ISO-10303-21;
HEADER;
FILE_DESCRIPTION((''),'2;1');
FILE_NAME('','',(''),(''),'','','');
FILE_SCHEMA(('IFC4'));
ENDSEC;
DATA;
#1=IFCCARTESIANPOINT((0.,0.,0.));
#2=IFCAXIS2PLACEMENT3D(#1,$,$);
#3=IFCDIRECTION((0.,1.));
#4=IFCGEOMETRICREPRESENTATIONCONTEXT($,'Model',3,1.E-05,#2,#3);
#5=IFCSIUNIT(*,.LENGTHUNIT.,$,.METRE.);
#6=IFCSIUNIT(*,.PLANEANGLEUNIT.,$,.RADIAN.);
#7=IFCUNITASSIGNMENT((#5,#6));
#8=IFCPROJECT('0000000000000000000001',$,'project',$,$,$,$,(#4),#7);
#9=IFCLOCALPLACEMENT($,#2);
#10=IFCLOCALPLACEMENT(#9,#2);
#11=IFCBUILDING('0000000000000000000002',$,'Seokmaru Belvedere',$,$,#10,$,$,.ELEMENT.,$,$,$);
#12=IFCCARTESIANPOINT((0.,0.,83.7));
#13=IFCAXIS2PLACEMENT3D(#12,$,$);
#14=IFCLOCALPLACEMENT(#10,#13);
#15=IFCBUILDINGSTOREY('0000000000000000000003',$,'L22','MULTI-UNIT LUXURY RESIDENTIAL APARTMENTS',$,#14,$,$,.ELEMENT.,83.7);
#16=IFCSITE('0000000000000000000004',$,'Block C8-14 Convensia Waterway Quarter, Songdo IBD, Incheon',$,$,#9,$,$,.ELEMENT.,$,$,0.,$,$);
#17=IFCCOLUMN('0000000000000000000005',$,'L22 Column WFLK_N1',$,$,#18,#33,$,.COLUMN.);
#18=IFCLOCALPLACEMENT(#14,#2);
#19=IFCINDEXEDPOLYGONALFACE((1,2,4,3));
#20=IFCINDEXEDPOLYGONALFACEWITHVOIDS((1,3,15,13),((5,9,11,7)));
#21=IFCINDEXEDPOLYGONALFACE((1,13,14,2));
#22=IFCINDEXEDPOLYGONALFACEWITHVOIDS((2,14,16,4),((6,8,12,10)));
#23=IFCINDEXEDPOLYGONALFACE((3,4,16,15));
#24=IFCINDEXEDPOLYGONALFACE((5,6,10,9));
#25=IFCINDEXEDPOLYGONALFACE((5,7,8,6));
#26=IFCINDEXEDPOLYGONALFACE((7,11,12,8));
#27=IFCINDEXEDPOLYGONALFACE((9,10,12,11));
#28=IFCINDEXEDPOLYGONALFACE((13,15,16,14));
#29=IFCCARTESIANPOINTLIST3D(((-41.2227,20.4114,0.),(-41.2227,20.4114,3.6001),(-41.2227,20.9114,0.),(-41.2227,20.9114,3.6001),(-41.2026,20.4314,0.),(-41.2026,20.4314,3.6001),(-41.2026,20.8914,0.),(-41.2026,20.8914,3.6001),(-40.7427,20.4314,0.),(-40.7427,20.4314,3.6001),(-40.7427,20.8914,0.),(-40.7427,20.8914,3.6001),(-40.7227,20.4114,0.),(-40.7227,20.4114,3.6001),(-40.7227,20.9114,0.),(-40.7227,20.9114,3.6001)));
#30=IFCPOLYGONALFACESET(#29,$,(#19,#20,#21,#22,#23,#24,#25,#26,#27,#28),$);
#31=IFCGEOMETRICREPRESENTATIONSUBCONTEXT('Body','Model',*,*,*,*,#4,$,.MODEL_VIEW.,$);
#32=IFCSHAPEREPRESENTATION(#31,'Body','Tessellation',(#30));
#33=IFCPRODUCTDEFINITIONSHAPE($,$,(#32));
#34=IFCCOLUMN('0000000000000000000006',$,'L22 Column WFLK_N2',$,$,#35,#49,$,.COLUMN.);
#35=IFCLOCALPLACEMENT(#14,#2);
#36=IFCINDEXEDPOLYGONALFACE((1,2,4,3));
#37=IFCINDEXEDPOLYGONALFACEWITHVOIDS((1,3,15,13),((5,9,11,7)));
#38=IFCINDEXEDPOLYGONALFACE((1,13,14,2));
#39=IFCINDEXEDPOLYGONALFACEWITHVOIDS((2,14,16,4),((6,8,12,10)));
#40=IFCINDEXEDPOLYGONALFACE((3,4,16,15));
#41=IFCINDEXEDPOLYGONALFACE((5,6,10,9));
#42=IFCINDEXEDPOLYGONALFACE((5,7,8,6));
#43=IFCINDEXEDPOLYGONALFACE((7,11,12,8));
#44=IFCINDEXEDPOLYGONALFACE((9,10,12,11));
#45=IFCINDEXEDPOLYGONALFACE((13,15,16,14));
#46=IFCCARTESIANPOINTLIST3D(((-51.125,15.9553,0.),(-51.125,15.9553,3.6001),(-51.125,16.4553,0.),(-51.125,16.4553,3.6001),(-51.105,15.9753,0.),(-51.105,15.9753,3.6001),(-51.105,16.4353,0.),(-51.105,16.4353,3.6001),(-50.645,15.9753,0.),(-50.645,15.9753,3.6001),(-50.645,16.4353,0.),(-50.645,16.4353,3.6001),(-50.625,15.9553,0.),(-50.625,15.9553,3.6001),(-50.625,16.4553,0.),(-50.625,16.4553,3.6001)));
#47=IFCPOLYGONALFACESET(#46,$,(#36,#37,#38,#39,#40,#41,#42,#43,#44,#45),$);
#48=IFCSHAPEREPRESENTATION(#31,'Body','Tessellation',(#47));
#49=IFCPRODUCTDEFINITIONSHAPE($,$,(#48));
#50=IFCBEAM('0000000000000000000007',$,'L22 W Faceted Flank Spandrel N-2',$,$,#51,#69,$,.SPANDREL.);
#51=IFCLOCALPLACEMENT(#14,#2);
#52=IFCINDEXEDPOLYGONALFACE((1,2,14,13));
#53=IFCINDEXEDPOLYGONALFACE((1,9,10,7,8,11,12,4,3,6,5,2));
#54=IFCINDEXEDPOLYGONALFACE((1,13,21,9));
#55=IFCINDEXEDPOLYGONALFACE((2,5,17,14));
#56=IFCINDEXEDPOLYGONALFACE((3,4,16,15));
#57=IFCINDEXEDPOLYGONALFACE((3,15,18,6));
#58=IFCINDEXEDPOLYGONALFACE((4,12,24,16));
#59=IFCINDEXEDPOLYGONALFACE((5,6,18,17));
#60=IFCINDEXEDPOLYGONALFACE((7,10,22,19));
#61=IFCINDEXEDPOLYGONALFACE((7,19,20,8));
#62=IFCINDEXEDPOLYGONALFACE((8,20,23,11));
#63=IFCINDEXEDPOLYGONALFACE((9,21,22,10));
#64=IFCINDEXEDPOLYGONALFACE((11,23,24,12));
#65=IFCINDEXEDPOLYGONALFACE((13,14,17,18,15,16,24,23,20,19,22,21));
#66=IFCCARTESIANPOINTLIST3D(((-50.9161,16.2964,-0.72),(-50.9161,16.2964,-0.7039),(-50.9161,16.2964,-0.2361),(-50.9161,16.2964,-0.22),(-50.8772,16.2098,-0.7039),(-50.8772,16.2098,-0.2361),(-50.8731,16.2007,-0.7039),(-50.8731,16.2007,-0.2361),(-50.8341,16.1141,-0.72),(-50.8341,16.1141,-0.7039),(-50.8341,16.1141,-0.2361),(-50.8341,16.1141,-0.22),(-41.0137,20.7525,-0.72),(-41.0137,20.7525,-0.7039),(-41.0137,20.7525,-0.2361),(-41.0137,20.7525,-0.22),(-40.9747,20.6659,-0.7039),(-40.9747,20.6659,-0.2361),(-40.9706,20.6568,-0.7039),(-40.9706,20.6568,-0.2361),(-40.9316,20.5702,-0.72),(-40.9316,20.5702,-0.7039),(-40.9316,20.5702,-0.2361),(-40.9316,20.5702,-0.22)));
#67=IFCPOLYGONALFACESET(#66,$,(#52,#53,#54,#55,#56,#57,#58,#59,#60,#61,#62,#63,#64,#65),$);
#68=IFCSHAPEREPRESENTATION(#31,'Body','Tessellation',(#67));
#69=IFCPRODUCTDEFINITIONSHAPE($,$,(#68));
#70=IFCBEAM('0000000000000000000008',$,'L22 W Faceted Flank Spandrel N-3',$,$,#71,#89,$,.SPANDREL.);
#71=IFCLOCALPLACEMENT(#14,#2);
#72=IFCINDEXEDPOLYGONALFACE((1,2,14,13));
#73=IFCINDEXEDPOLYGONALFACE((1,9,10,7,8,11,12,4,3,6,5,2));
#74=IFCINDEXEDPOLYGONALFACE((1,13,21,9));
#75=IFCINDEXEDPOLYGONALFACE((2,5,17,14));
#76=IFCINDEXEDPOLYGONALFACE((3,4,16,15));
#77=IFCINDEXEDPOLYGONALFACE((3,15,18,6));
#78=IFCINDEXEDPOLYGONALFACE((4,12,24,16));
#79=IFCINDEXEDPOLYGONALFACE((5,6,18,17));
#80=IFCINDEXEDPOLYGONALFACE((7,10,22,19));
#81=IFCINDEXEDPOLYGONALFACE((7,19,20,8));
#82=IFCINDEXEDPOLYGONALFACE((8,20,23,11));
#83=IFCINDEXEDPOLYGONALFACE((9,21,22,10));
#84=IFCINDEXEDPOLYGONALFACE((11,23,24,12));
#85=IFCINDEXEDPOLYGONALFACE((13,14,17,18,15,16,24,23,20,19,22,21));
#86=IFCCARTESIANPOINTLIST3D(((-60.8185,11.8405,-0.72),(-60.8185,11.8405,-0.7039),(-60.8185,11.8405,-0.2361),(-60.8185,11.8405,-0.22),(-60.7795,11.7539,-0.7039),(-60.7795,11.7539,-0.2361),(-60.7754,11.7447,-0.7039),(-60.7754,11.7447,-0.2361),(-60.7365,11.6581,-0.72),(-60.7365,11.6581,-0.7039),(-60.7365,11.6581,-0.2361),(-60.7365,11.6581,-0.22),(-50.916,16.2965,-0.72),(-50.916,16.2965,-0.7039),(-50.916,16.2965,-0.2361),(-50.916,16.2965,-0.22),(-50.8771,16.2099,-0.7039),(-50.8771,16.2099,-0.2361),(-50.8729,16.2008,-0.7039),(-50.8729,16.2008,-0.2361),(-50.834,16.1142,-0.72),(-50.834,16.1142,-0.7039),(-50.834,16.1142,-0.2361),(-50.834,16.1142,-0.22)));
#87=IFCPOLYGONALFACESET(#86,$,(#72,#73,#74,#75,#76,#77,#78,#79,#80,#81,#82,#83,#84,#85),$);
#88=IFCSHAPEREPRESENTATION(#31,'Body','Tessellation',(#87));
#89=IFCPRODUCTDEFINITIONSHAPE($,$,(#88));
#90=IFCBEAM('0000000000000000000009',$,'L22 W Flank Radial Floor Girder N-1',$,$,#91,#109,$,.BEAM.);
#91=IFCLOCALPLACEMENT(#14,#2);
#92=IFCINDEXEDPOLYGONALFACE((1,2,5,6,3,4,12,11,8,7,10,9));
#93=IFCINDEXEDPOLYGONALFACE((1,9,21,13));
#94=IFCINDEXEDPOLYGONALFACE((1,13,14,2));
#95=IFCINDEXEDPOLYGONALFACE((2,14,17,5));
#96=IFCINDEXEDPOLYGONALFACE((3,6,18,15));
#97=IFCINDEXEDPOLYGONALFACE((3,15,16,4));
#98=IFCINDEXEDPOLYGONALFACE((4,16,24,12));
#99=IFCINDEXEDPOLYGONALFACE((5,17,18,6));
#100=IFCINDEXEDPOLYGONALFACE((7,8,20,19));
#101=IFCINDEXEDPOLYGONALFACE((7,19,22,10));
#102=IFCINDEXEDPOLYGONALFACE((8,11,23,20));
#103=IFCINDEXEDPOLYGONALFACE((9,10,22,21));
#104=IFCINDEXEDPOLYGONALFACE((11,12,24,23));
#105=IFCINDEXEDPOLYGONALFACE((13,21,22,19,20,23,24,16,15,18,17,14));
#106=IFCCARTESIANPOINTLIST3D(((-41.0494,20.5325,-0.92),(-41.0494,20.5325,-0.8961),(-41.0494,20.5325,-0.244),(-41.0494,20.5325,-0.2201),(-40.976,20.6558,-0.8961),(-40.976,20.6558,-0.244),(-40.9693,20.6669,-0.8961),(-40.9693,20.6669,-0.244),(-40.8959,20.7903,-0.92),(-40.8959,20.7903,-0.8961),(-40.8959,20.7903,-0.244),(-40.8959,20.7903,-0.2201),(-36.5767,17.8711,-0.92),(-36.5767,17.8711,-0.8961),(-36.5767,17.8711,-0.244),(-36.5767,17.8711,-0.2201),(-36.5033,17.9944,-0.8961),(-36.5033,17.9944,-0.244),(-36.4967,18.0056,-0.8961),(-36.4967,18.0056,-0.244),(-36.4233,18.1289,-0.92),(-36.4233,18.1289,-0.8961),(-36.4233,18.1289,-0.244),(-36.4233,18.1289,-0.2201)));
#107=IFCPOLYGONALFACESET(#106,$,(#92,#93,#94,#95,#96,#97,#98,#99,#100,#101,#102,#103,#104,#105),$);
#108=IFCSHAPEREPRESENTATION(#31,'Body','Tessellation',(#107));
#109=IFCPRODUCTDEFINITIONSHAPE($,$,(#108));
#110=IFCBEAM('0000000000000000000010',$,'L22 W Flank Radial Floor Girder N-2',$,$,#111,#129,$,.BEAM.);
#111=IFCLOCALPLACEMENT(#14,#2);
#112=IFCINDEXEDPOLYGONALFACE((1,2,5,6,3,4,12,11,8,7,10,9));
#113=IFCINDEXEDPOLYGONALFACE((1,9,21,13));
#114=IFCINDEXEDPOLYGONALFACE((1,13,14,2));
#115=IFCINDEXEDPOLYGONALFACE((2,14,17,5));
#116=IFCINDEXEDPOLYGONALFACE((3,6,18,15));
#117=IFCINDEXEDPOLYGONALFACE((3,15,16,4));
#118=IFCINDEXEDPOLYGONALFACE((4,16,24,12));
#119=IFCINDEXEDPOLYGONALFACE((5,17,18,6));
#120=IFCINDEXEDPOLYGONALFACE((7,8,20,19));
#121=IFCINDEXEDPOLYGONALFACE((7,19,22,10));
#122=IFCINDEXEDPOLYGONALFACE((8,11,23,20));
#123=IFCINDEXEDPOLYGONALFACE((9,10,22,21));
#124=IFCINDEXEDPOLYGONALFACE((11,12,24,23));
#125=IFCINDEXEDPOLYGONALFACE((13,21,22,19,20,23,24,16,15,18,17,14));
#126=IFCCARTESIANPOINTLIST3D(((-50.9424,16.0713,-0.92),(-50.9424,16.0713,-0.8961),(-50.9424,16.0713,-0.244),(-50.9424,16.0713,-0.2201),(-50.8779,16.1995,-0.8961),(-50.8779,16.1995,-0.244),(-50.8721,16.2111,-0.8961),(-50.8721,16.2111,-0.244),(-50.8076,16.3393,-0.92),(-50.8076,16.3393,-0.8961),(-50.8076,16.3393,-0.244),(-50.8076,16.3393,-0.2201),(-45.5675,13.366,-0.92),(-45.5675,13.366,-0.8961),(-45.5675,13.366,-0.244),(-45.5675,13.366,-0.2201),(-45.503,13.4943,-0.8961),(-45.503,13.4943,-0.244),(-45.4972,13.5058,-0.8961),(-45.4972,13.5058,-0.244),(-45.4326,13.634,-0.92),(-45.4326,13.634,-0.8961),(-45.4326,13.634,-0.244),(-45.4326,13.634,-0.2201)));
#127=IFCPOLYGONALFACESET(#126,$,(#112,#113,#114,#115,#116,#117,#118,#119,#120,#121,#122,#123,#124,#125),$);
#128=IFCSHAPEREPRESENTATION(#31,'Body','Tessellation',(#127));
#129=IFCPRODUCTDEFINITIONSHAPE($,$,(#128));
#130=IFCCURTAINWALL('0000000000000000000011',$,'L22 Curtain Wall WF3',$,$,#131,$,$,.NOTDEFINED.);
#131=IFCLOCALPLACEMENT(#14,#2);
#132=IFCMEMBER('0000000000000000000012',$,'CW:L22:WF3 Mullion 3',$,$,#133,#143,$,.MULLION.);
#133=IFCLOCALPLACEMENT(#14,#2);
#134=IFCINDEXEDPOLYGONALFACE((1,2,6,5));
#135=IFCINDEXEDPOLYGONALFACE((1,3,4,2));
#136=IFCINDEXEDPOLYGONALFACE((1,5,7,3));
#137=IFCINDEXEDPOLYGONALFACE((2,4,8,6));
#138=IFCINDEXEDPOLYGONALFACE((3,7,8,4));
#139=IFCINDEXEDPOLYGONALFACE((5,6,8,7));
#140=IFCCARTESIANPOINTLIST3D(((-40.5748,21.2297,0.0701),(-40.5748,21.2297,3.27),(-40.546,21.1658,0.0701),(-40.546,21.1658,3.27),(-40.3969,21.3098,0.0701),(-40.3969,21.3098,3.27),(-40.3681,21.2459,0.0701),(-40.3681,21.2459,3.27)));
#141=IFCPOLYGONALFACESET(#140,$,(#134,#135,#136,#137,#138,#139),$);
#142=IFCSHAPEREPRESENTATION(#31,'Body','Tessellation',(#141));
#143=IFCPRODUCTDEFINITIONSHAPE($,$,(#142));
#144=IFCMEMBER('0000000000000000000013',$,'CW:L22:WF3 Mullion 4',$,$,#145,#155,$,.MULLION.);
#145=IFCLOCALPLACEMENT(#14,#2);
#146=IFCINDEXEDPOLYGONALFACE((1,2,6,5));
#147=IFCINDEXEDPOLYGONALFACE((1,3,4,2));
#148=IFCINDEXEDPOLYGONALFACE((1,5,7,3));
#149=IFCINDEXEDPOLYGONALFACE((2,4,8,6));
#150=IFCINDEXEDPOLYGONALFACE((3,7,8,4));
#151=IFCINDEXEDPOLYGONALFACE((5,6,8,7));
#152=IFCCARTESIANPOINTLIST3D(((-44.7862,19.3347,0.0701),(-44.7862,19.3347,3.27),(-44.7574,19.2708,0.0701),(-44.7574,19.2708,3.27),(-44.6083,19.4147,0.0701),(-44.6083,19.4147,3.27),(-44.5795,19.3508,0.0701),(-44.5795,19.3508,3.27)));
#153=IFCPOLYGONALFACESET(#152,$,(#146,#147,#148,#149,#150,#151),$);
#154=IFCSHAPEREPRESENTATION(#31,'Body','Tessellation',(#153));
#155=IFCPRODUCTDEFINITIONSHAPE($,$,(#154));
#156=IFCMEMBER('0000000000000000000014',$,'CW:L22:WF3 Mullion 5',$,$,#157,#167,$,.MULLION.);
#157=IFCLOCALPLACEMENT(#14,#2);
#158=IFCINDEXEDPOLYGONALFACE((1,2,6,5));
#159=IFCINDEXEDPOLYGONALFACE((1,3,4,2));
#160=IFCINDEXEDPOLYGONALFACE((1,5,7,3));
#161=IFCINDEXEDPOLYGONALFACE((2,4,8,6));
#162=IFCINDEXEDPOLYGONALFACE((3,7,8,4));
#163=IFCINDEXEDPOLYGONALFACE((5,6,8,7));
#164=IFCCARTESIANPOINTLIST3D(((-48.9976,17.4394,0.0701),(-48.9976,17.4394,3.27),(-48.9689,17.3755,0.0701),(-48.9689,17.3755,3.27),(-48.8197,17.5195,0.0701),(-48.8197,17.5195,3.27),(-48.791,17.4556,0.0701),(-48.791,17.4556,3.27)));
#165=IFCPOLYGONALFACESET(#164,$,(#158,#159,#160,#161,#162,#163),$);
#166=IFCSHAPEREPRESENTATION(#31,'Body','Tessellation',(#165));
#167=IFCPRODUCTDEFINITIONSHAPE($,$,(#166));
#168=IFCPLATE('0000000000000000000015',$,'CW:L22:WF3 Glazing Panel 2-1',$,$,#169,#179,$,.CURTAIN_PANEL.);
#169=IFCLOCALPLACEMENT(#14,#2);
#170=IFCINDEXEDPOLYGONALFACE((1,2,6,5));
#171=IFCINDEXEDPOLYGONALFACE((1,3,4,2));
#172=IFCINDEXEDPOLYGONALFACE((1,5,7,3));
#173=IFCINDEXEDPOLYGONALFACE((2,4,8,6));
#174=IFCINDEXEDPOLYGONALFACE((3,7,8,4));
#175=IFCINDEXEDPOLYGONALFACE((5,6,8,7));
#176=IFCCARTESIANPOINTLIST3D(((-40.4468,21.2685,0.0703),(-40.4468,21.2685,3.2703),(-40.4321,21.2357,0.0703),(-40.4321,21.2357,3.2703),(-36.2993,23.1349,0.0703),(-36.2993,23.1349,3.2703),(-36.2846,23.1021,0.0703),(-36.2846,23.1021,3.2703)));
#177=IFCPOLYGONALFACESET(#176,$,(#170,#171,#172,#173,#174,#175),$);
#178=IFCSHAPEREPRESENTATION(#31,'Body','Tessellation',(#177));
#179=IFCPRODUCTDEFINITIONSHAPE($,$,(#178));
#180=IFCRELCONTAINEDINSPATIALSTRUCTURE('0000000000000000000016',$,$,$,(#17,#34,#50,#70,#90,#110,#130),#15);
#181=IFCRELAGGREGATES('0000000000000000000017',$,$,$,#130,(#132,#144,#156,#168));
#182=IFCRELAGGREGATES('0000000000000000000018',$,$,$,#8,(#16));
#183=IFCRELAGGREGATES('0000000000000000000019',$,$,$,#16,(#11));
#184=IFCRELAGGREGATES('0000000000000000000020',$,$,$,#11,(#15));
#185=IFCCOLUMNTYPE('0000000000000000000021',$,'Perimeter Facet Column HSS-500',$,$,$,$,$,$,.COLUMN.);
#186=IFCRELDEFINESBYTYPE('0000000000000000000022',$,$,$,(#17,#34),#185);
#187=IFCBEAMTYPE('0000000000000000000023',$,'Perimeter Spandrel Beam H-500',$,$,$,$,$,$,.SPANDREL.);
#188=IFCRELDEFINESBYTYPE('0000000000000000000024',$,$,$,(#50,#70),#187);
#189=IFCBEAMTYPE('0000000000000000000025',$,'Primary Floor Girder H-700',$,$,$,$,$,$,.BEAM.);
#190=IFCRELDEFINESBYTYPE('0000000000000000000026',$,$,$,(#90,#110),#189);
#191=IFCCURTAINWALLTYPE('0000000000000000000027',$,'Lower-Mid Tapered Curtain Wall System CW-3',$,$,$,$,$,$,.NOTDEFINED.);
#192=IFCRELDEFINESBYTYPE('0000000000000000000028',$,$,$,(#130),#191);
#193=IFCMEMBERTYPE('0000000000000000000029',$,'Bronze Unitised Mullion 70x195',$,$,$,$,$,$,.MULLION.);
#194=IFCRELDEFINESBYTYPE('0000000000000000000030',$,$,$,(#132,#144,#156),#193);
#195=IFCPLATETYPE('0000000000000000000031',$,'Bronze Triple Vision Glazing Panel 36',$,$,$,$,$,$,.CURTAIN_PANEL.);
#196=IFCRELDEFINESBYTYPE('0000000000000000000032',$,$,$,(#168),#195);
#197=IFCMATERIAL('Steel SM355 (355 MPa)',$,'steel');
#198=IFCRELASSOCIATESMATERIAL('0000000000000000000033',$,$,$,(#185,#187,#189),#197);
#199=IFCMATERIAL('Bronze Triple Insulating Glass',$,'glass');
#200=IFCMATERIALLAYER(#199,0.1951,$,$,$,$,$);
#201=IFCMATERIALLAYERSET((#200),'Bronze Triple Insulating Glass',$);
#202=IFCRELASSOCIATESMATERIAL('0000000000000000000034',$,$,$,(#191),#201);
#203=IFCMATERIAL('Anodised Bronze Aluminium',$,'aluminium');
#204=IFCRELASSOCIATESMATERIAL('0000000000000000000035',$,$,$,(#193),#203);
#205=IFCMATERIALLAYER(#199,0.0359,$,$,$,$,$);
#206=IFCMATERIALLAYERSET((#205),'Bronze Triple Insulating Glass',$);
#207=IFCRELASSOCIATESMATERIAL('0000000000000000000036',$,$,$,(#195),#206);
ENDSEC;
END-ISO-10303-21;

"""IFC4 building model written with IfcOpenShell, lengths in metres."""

from ifc_helpers import new_model, si_unit, direction, frame, origin, origin_2d, place, context, subcontext, project, spatial, rectangle, hollow_rectangle, i_section, extrude, source, transform, mapped, material, layer, layer_set, material_profile, profile_set, type_object, type_shapes, element, aggregate, save


model = new_model("IFC4")

# Units and contexts
model_context = context("Model", 3, precision=1e-05, world=origin(), true_north=direction((0.0, 1.0)))
body_context = subcontext(model_context, "Body", "Model", "MODEL_VIEW")
ifc_project = project(units=[si_unit("LENGTHUNIT", "METRE"), si_unit("PLANEANGLEUNIT", "RADIAN")], contexts=[model_context])

# Site, building, storey
site_placement = place(None, origin())
site = spatial("IfcSite", under=ifc_project, at=site_placement, Name="Block C8-14 Convensia Waterway Quarter, Songdo IBD, Incheon", CompositionType="ELEMENT", RefElevation=0.0)
building_placement = place(site_placement, origin())
building = spatial("IfcBuilding", under=site, at=building_placement, Name="Seokmaru Belvedere", CompositionType="ELEMENT")
storey_placement = place(building_placement, frame((0.0, 0.0, 83.7)))
storey = spatial("IfcBuildingStorey", under=building, at=storey_placement, Name="L22", Description="MULTI-UNIT LUXURY RESIDENTIAL APARTMENTS", CompositionType="ELEMENT", Elevation=83.7)

# Columns
ifc_material_1 = material(Name="Steel SM355 (355 MPa)", Category="steel")
ifc_material_profile_1 = material_profile(ifc_material_1, hollow_rectangle(XDim=0.5, YDim=0.5, WallThickness=0.02, at=origin_2d()), Name="HSS-500x500x20")
ifc_profile_set_1 = profile_set([ifc_material_profile_1], Name="Steel SM355 (355 MPa)")
column_type = type_object("IfcColumnType", Name="Perimeter Facet Column HSS-500", PredefinedType="COLUMN", material=ifc_profile_set_1)
shared_shape_1 = source(origin(), body_context, "Body", "SweptSolid", [
    extrude(hollow_rectangle(XDim=0.5, YDim=0.5, WallThickness=0.02, at=origin_2d()), origin(), (0.0, 0.0, 1.0), 3.6001),
])
type_shapes(column_type, [shared_shape_1])
for number, where, z_axis, x_axis, name in (
    (1, (-40.9727, 20.6614, 0.0), (0.0, 0.0, 1.0), (1.0, 0.0, 0.0), "L22 Column WFLK_N1"),
    (2, (-50.875, 16.2053, 0.0), (0.0, 0.0, 1.0), (1.0, 0.0, 0.0), "L22 Column WFLK_N2"),
):
    element("IfcColumn", number, at=place(storey_placement, frame(where, z_axis=z_axis, x_axis=x_axis)), inside=storey, type_object=column_type, Name=name, PredefinedType="COLUMN", context=body_context, shape_type="MappedRepresentation", body=[
        mapped(shared_shape_1, transform((0.0, 0.0, 0.0), scale=1.0)),
    ])

# Beams
ifc_material_profile_2 = material_profile(ifc_material_1, i_section(OverallWidth=0.2, OverallDepth=0.5, WebThickness=0.01, FlangeThickness=0.0161, at=origin_2d()), Name="H-500x200x10x16")
ifc_profile_set_2 = profile_set([ifc_material_profile_2], Name="Steel SM355 (355 MPa)")
beam_type_1 = type_object("IfcBeamType", Name="Perimeter Spandrel Beam H-500", PredefinedType="SPANDREL", material=ifc_profile_set_2)
shared_shape_2 = source(origin(), body_context, "Body", "SweptSolid", [
    extrude(i_section(OverallWidth=0.2, OverallDepth=0.5, WebThickness=0.01, FlangeThickness=0.0161, at=origin_2d()), origin(), (0.0, 0.0, 1.0), 10.8589),
])
type_shapes(beam_type_1, [shared_shape_2])
for number, where, z_axis, x_axis, name in (
    (3, (-40.9727, 20.6614, -0.47), (-0.911922, -0.410365, 0.0), (0.410365, -0.911922, 0.0), "L22 W Faceted Flank Spandrel N-2"),
    (4, (-50.875, 16.2053, -0.47), (-0.911925, -0.410356, 0.0), (0.410356, -0.911925, 0.0), "L22 W Faceted Flank Spandrel N-3"),
):
    element("IfcBeam", number, at=place(storey_placement, frame(where, z_axis=z_axis, x_axis=x_axis)), inside=storey, type_object=beam_type_1, Name=name, PredefinedType="SPANDREL", context=body_context, shape_type="MappedRepresentation", body=[
        mapped(shared_shape_2, transform((0.0, 0.0, 0.0), scale=1.0)),
    ])
ifc_material_profile_3 = material_profile(ifc_material_1, i_section(OverallWidth=0.3, OverallDepth=0.7, WebThickness=0.0129, FlangeThickness=0.0239, at=origin_2d()), Name="H-700x300x13x24")
ifc_profile_set_3 = profile_set([ifc_material_profile_3], Name="Steel SM355 (355 MPa)")
beam_type_2 = type_object("IfcBeamType", Name="Primary Floor Girder H-700", PredefinedType="BEAM", material=ifc_profile_set_3)
shared_shape_3 = source(origin(), body_context, "Body", "SweptSolid", [
    extrude(i_section(OverallWidth=0.3, OverallDepth=0.7, WebThickness=0.0129, FlangeThickness=0.0239, at=origin_2d()), origin(), (0.0, 0.0, 1.0), 5.2046),
])
beam_1_placement = place(storey_placement, frame((-40.9727, 20.6614, -0.5701), z_axis=(0.85937, -0.511354, 0.0), x_axis=(0.511354, 0.85937, 0.0)))
element("IfcBeam", 5, at=beam_1_placement, inside=storey, type_object=beam_type_2, Name="L22 W Flank Radial Floor Girder N-1", PredefinedType="BEAM", context=body_context, shape_type="MappedRepresentation", body=[
    mapped(shared_shape_3, transform((0.0, 0.0, 0.0), scale=1.0)),
])
shared_shape_4 = source(origin(), body_context, "Body", "SweptSolid", [
    extrude(i_section(OverallWidth=0.3, OverallDepth=0.7, WebThickness=0.0129, FlangeThickness=0.0239, at=origin_2d()), origin(), (0.0, 0.0, 1.0), 6.0173),
])
type_shapes(beam_type_2, [shared_shape_3, shared_shape_4])
beam_2_placement = place(storey_placement, frame((-50.875, 16.2053, -0.5701), z_axis=(0.893239, -0.449581, 0.0), x_axis=(0.449581, 0.893239, 0.0)))
element("IfcBeam", 6, at=beam_2_placement, inside=storey, type_object=beam_type_2, Name="L22 W Flank Radial Floor Girder N-2", PredefinedType="BEAM", context=body_context, shape_type="MappedRepresentation", body=[
    mapped(shared_shape_4, transform((0.0, 0.0, 0.0), scale=1.0)),
])

# Curtain wall, members, plate
ifc_material_2 = material(Name="Bronze Triple Insulating Glass", Category="glass")
ifc_layer_1 = layer(ifc_material_2, 0.1951)
ifc_layer_set_1 = layer_set([ifc_layer_1], Name="Bronze Triple Insulating Glass")
curtain_wall_type = type_object("IfcCurtainWallType", Name="Lower-Mid Tapered Curtain Wall System CW-3", PredefinedType="NOTDEFINED", material=ifc_layer_set_1)
curtain_wall_placement = place(storey_placement, origin())
curtain_wall = element("IfcCurtainWall", 7, at=curtain_wall_placement, inside=storey, type_object=curtain_wall_type, Name="L22 Curtain Wall WF3", PredefinedType="NOTDEFINED")
ifc_material_3 = material(Name="Anodised Bronze Aluminium", Category="aluminium")
ifc_material_profile_4 = material_profile(ifc_material_3, rectangle(XDim=0.0701, YDim=0.1951, at=origin_2d()), Name="CW-M-70x195")
ifc_profile_set_4 = profile_set([ifc_material_profile_4], Name="Anodised Bronze Aluminium")
member_type = type_object("IfcMemberType", Name="Bronze Unitised Mullion 70x195", PredefinedType="MULLION", material=ifc_profile_set_4)
shared_shape_5 = source(origin(), body_context, "Body", "SweptSolid", [
    extrude(rectangle(XDim=0.0701, YDim=0.1951, at=origin_2d()), origin(), (0.0, 0.0, 1.0), 3.2),
])
type_shapes(member_type, [shared_shape_5])
member_1_placement = place(storey_placement, frame((-40.4714, 21.2378, 0.0701), z_axis=(0.0, 0.0, 1.0), x_axis=(0.410366, -0.911921, 0.0)))
member_1 = element("IfcMember", 8, at=member_1_placement, type_object=member_type, Name="CW:L22:WF3 Mullion 3", PredefinedType="MULLION", context=body_context, shape_type="MappedRepresentation", body=[
    mapped(shared_shape_5, transform((0.0, 0.0, 0.0), scale=1.0)),
])
member_2_placement = place(storey_placement, frame((-44.6829, 19.3428, 0.0701), z_axis=(0.0, 0.0, 1.0), x_axis=(0.410366, -0.911921, 0.0)))
member_2 = element("IfcMember", 9, at=member_2_placement, type_object=member_type, Name="CW:L22:WF3 Mullion 4", PredefinedType="MULLION", context=body_context, shape_type="MappedRepresentation", body=[
    mapped(shared_shape_5, transform((0.0, 0.0, 0.0), scale=1.0)),
])
member_3_placement = place(storey_placement, frame((-48.8943, 17.4475, 0.0701), z_axis=(0.0, 0.0, 1.0), x_axis=(0.410366, -0.911921, 0.0)))
member_3 = element("IfcMember", 10, at=member_3_placement, type_object=member_type, Name="CW:L22:WF3 Mullion 5", PredefinedType="MULLION", context=body_context, shape_type="MappedRepresentation", body=[
    mapped(shared_shape_5, transform((0.0, 0.0, 0.0), scale=1.0)),
])
ifc_layer_2 = layer(ifc_material_2, 0.0359)
ifc_layer_set_2 = layer_set([ifc_layer_2], Name="Bronze Triple Insulating Glass")
plate_type = type_object("IfcPlateType", Name="Bronze Triple Vision Glazing Panel 36", PredefinedType="CURTAIN_PANEL", material=ifc_layer_set_2)
shared_shape_6 = source(origin(), body_context, "Body", "SweptSolid", [
    extrude(rectangle(XDim=4.5481, YDim=0.0359, at=origin_2d()), origin(), (0.0, 0.0, 1.0), 3.2),
])
type_shapes(plate_type, [shared_shape_6])
plate_1_placement = place(storey_placement, frame((-38.3657, 22.1853, 0.0703), z_axis=(0.0, 0.0, 1.0), x_axis=(-0.911921, -0.410366, 0.0)))
plate_1 = element("IfcPlate", 11, at=plate_1_placement, type_object=plate_type, Name="CW:L22:WF3 Glazing Panel 2-1", PredefinedType="CURTAIN_PANEL", context=body_context, shape_type="MappedRepresentation", body=[
    mapped(shared_shape_6, transform((0.0, 0.0, 0.0), scale=1.0)),
])
aggregate(curtain_wall, [member_1, member_2, member_3, plate_1])

save(model, "model.ifc")
